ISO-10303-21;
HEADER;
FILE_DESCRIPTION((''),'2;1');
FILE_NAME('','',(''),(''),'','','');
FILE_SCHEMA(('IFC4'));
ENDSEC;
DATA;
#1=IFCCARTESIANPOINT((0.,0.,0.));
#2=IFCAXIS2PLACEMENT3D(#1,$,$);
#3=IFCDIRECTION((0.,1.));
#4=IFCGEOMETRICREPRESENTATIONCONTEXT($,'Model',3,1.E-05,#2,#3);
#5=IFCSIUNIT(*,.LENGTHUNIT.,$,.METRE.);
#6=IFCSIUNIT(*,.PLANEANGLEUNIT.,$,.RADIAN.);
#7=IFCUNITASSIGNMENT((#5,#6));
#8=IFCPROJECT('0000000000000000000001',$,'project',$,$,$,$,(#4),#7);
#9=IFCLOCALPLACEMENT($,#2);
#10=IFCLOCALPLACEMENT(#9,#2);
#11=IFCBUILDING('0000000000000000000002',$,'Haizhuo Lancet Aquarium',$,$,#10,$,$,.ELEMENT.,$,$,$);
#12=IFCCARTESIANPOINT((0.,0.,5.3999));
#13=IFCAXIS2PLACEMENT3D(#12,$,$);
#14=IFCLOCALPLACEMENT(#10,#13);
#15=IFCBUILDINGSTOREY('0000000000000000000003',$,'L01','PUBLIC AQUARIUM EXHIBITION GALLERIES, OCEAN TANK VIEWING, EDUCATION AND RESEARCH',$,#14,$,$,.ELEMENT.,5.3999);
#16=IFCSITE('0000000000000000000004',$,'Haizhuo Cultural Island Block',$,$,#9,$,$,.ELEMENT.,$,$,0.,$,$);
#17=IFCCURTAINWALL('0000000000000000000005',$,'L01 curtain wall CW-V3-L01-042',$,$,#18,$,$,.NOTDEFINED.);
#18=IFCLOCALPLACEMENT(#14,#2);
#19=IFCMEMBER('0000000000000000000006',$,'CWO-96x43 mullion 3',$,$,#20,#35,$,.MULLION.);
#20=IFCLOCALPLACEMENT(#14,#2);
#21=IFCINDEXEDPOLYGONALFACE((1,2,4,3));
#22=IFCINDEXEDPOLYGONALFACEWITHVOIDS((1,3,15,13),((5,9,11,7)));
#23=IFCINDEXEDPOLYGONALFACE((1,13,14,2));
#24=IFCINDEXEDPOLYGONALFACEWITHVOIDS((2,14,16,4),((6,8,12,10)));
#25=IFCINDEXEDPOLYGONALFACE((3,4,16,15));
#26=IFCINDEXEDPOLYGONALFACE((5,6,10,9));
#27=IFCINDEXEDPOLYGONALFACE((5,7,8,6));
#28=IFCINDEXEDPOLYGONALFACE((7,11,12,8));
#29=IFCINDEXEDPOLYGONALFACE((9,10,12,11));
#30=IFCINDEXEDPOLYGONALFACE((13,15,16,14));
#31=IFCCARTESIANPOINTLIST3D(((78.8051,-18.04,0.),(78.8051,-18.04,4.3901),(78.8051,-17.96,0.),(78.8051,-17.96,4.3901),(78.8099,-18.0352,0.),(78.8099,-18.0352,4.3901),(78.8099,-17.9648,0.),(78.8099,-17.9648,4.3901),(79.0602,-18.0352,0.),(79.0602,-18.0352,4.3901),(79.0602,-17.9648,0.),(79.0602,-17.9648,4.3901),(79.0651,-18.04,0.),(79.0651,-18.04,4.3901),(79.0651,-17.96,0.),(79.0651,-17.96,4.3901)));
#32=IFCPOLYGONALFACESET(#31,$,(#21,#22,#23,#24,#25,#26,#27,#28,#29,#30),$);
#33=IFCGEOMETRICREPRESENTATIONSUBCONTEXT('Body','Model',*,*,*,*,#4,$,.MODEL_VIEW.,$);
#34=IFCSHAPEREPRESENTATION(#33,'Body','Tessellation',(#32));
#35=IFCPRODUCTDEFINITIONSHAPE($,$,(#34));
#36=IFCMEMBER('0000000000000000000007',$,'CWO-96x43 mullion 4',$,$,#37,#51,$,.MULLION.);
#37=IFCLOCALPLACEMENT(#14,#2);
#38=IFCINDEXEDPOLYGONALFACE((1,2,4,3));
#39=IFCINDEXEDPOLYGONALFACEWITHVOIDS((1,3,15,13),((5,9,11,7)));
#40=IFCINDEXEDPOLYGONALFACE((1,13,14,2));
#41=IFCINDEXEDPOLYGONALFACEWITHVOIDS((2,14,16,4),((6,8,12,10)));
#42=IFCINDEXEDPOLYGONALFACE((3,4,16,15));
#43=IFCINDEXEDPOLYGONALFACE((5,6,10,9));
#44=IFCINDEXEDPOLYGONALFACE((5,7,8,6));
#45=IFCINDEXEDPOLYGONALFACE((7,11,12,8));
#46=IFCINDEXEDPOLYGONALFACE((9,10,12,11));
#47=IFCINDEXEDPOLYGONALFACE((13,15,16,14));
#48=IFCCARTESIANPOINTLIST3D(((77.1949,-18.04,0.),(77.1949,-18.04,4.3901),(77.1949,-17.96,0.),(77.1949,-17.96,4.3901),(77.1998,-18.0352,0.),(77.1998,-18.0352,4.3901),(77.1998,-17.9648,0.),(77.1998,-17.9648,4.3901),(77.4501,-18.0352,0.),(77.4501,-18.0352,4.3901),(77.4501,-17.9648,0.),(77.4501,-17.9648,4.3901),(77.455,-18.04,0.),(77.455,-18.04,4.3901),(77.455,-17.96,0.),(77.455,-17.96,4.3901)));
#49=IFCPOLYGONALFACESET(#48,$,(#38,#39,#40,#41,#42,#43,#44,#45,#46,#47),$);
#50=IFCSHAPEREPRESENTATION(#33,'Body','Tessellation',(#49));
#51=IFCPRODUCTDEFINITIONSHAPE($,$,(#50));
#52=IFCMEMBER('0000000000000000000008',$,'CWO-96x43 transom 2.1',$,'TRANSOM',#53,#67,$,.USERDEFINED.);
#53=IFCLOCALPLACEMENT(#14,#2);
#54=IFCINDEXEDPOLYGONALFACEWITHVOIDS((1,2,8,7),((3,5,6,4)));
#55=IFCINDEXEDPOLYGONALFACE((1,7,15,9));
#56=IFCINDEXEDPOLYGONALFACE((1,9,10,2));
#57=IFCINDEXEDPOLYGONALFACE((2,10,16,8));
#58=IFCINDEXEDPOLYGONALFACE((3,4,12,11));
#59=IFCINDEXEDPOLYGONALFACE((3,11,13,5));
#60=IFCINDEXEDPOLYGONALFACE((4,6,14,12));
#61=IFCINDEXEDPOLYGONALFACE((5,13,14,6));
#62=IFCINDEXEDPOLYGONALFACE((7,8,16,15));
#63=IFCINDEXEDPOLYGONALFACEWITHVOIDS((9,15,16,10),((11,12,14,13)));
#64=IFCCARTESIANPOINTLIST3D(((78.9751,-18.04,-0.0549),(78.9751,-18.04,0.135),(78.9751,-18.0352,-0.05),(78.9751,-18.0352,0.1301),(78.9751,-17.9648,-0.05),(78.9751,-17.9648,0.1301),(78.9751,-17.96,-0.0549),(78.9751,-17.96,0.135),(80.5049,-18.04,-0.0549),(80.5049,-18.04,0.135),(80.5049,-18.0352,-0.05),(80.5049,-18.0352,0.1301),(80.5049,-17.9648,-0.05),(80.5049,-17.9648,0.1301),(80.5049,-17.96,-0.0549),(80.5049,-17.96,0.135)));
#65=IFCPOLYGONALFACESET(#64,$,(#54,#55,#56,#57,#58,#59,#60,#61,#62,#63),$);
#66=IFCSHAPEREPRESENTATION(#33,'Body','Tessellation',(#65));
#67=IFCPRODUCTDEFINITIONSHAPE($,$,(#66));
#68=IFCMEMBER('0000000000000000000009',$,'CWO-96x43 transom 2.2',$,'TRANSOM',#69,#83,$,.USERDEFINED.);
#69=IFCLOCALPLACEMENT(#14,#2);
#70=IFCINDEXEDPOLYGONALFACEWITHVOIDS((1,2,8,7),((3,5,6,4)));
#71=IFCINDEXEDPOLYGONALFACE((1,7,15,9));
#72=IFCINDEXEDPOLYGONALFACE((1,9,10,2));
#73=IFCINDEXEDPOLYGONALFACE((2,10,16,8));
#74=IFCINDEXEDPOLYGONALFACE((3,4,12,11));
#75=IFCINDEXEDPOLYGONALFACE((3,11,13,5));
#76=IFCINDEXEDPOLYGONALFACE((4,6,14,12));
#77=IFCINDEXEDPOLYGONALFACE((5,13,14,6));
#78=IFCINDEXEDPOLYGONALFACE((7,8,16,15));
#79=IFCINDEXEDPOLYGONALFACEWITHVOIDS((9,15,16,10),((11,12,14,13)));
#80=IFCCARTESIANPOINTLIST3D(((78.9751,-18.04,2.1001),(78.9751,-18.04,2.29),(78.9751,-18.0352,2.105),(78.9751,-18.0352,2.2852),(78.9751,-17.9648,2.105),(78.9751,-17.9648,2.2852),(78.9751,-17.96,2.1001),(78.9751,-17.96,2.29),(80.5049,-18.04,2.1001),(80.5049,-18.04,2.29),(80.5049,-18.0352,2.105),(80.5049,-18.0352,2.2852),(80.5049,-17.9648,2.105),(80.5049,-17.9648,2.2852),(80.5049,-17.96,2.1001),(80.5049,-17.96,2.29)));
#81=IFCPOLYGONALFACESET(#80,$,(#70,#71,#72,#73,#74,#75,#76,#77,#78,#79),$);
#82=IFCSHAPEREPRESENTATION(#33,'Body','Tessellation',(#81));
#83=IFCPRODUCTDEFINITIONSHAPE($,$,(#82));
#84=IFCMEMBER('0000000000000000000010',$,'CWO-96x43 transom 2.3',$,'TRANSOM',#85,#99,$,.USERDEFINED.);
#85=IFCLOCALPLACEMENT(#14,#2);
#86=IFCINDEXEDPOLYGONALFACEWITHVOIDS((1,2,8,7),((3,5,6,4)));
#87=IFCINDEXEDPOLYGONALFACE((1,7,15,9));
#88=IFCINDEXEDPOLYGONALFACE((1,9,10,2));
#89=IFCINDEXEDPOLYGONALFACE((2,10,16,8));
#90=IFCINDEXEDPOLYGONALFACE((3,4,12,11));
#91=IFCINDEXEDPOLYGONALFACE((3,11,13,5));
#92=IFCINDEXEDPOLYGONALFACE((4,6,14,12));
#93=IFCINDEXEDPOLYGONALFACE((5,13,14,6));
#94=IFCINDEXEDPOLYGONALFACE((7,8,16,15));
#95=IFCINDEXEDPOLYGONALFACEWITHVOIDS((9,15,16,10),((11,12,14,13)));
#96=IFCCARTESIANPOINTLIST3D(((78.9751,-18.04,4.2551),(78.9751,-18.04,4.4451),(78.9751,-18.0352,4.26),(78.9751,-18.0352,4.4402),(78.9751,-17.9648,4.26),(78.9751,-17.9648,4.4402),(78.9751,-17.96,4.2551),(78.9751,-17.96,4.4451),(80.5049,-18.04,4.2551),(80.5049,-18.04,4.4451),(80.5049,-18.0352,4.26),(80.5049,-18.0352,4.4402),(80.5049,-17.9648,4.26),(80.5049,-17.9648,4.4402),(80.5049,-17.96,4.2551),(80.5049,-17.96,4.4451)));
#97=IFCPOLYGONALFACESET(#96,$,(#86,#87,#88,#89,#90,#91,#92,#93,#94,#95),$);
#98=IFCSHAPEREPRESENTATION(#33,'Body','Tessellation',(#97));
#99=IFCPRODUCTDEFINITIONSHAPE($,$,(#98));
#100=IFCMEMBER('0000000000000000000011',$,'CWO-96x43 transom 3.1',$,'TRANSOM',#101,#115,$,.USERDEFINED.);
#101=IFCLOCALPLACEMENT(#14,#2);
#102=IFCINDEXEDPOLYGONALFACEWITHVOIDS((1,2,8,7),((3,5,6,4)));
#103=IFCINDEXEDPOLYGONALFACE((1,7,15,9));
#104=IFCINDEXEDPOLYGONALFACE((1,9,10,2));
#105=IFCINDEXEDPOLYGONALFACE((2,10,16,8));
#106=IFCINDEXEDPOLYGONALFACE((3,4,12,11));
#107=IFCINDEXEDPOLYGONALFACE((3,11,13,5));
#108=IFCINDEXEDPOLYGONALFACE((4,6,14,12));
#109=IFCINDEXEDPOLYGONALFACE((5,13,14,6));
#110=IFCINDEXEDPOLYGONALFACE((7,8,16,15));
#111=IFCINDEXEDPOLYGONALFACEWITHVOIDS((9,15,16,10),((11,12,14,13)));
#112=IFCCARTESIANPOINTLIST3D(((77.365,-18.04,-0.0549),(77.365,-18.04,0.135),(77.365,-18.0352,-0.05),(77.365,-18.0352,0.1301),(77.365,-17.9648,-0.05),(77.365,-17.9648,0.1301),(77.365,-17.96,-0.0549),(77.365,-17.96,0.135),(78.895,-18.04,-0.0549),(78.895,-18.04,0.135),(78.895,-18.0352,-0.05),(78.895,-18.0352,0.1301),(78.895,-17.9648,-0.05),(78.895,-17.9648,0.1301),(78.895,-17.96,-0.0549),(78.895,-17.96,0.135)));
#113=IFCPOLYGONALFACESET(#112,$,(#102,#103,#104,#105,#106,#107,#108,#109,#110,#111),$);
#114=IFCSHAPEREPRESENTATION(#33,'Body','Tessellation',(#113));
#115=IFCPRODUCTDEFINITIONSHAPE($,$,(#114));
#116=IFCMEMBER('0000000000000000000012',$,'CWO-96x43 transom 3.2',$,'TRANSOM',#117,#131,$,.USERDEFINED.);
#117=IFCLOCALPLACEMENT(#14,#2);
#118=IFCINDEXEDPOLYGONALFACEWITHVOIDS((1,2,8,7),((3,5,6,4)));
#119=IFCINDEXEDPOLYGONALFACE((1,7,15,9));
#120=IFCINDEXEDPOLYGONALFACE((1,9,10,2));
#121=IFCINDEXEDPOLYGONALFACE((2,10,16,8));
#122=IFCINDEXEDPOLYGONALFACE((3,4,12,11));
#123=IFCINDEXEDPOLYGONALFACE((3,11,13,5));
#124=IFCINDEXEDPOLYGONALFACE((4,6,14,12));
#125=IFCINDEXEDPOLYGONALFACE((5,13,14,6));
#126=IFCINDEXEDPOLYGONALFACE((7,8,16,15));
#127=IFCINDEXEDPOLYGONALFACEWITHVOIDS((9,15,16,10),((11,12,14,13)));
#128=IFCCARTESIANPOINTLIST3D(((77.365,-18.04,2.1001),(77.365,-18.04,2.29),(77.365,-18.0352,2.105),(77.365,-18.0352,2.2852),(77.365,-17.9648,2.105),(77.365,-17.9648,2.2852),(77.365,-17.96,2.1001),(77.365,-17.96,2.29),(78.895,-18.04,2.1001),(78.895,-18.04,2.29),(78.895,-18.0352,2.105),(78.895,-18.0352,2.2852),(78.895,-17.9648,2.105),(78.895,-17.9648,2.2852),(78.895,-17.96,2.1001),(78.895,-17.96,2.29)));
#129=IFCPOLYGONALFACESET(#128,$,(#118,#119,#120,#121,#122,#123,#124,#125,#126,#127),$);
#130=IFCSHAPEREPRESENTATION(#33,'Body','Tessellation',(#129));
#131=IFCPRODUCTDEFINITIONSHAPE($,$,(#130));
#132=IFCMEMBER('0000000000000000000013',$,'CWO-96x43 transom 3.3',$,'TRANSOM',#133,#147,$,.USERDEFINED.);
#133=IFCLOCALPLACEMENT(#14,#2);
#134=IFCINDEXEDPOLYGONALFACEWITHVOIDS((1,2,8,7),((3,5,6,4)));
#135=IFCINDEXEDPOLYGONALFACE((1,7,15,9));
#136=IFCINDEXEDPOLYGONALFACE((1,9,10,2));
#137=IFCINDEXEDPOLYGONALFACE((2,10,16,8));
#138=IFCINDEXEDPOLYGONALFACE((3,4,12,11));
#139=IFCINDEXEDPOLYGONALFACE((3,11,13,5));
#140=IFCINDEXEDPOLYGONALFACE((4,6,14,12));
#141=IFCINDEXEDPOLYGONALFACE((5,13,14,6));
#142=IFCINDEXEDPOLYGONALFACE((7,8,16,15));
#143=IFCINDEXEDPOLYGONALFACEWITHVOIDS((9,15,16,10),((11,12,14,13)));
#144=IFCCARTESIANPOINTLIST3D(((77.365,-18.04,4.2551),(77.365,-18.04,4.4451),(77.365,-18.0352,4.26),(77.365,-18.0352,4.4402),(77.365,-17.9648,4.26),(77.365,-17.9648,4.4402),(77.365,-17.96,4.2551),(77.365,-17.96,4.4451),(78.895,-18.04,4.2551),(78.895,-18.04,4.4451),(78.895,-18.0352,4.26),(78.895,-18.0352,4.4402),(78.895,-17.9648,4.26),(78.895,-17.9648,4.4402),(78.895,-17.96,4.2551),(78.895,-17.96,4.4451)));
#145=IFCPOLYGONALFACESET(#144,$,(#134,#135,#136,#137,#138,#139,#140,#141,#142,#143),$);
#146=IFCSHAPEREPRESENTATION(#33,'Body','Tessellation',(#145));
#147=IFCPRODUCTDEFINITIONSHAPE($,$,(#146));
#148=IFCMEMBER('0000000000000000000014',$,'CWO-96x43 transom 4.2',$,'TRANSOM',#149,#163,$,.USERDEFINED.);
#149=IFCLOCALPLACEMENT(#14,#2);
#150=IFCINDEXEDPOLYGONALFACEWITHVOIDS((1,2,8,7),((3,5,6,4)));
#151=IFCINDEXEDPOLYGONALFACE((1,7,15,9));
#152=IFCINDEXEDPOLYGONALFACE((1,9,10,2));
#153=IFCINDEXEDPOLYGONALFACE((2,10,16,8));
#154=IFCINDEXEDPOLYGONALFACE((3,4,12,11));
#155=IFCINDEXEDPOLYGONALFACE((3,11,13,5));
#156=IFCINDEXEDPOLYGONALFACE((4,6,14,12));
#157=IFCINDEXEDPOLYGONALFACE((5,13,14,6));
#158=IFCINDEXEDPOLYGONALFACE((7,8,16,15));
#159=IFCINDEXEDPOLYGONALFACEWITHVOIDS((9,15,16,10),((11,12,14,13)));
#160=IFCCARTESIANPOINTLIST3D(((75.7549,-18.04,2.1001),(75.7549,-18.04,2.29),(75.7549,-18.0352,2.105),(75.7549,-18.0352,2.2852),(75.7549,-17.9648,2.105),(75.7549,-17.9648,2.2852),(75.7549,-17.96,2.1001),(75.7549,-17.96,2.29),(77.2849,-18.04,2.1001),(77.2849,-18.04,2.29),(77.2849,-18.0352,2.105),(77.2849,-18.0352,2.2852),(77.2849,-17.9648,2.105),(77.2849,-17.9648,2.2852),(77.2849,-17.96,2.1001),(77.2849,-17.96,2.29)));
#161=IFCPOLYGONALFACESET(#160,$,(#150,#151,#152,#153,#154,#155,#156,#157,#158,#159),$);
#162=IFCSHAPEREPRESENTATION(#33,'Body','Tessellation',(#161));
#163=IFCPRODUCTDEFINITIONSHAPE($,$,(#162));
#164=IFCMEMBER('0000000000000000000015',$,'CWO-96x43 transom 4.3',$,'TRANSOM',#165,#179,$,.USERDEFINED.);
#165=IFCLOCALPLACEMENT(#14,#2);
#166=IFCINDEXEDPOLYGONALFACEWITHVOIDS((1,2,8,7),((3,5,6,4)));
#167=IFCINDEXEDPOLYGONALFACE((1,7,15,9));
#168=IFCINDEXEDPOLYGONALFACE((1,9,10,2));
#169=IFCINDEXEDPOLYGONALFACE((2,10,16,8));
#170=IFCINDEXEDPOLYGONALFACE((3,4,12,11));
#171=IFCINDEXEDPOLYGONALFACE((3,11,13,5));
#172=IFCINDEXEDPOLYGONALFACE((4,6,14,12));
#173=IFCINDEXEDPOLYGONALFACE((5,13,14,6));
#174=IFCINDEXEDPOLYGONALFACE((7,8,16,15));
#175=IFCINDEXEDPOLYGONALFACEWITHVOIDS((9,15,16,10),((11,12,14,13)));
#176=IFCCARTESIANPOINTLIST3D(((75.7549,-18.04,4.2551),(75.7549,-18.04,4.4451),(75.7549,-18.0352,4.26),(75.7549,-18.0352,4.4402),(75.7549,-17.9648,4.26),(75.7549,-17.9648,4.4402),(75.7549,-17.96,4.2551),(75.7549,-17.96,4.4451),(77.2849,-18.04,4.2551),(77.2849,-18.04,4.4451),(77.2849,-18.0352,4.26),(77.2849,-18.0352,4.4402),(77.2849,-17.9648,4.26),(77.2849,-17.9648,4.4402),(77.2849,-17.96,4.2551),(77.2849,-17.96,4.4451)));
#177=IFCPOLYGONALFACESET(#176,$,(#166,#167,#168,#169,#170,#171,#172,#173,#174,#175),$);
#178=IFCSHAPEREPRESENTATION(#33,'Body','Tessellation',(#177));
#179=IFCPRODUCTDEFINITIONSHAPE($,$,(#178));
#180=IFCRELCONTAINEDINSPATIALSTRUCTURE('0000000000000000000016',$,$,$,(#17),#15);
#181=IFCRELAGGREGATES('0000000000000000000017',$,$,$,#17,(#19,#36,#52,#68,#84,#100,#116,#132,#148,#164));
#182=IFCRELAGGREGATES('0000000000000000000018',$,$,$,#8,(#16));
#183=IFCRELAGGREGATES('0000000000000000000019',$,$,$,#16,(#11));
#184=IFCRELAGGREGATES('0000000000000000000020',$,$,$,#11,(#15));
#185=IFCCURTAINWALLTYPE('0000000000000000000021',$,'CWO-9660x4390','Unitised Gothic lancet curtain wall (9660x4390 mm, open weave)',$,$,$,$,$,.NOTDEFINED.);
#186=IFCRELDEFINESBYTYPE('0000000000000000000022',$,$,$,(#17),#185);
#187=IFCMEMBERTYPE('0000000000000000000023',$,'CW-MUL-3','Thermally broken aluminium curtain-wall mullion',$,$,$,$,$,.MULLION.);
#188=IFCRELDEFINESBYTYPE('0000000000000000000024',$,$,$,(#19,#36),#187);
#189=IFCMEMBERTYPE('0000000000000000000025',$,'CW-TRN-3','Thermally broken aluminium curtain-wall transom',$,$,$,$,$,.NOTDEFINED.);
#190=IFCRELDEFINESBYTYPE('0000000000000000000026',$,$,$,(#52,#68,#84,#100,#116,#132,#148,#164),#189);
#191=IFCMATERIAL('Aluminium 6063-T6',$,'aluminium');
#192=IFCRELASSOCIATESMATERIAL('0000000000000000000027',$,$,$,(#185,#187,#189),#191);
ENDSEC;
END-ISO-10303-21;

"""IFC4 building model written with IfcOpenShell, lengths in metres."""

from ifc_helpers import new_model, si_unit, direction, frame, origin, origin_2d, place, context, subcontext, project, spatial, hollow_rectangle, extrude, material, material_profile, profile_set, type_object, element, aggregate, save


model = new_model("IFC4")

# Units and contexts
model_context = context("Model", 3, precision=1e-05, world=origin(), true_north=direction((0.0, 1.0)))
body_context = subcontext(model_context, "Body", "Model", "MODEL_VIEW")
ifc_project = project(units=[si_unit("LENGTHUNIT", "METRE"), si_unit("PLANEANGLEUNIT", "RADIAN")], contexts=[model_context])

# Site, building, storey
site_placement = place(None, origin())
site = spatial("IfcSite", under=ifc_project, at=site_placement, Name="Haizhuo Cultural Island Block", CompositionType="ELEMENT", RefElevation=0.0)
building_placement = place(site_placement, origin())
building = spatial("IfcBuilding", under=site, at=building_placement, Name="Haizhuo Lancet Aquarium", CompositionType="ELEMENT")
storey_placement = place(building_placement, frame((0.0, 0.0, 5.3999)))
storey = spatial("IfcBuildingStorey", under=building, at=storey_placement, Name="L01", Description="PUBLIC AQUARIUM EXHIBITION GALLERIES, OCEAN TANK VIEWING, EDUCATION AND RESEARCH", CompositionType="ELEMENT", Elevation=5.3999)

# Curtain wall, members
ifc_material_1 = material(Name="Aluminium 6063-T6", Category="aluminium")
curtain_wall_type = type_object("IfcCurtainWallType", Name="CWO-9660x4390", Description="Unitised Gothic lancet curtain wall (9660x4390 mm, open weave)", PredefinedType="NOTDEFINED", material=ifc_material_1)
curtain_wall_placement = place(storey_placement, origin())
curtain_wall = element("IfcCurtainWall", 1, at=curtain_wall_placement, inside=storey, type_object=curtain_wall_type, Name="L01 curtain wall CW-V3-L01-042", PredefinedType="NOTDEFINED")
ifc_material_profile_1 = material_profile(ifc_material_1, hollow_rectangle(XDim=0.0801, YDim=0.26, WallThickness=0.0049, at=origin_2d()), Name="ALU-M 80x260x5")
ifc_profile_set_1 = profile_set([ifc_material_profile_1], Name="Aluminium 6063-T6")
member_type_1 = type_object("IfcMemberType", Name="CW-MUL-3", Description="Thermally broken aluminium curtain-wall mullion", PredefinedType="MULLION", material=ifc_profile_set_1)
member_1_placement = place(storey_placement, frame((78.9351, -18.0, 0.0), z_axis=(0.0, 0.0, 1.0), x_axis=(0.0, -1.0, 0.0)))
member_1 = element("IfcMember", 2, at=member_1_placement, type_object=member_type_1, Name="CWO-96x43 mullion 3", PredefinedType="MULLION", context=body_context, shape_type="SweptSolid", body=[
    extrude(hollow_rectangle(XDim=0.0801, YDim=0.26, WallThickness=0.0049, at=origin_2d()), origin(), (0.0, 0.0, 1.0), 4.3901),
])
member_2_placement = place(storey_placement, frame((77.325, -18.0, 0.0), z_axis=(0.0, 0.0, 1.0), x_axis=(0.0, -1.0, 0.0)))
member_2 = element("IfcMember", 3, at=member_2_placement, type_object=member_type_1, Name="CWO-96x43 mullion 4", PredefinedType="MULLION", context=body_context, shape_type="SweptSolid", body=[
    extrude(hollow_rectangle(XDim=0.0801, YDim=0.26, WallThickness=0.0049, at=origin_2d()), origin(), (0.0, 0.0, 1.0), 4.3901),
])
ifc_material_profile_2 = material_profile(ifc_material_1, hollow_rectangle(XDim=0.0801, YDim=0.1899, WallThickness=0.0049, at=origin_2d()), Name="ALU-T 80x190x5")
ifc_profile_set_2 = profile_set([ifc_material_profile_2], Name="Aluminium 6063-T6")
member_type_2 = type_object("IfcMemberType", Name="CW-TRN-3", Description="Thermally broken aluminium curtain-wall transom", PredefinedType="NOTDEFINED", material=ifc_profile_set_2)
member_3_placement = place(storey_placement, frame((80.5049, -18.0, 0.04), z_axis=(-1.0, 0.0, 0.0), x_axis=(0.0, -1.0, 0.0)))
member_3 = element("IfcMember", 4, at=member_3_placement, type_object=member_type_2, Name="CWO-96x43 transom 2.1", ObjectType="TRANSOM", PredefinedType="USERDEFINED", context=body_context, shape_type="SweptSolid", body=[
    extrude(hollow_rectangle(XDim=0.0801, YDim=0.1899, WallThickness=0.0049, at=origin_2d()), origin(), (0.0, 0.0, 1.0), 1.5298),
])
member_4_placement = place(storey_placement, frame((80.5049, -18.0, 2.1951), z_axis=(-1.0, 0.0, 0.0), x_axis=(0.0, -1.0, 0.0)))
member_4 = element("IfcMember", 5, at=member_4_placement, type_object=member_type_2, Name="CWO-96x43 transom 2.2", ObjectType="TRANSOM", PredefinedType="USERDEFINED", context=body_context, shape_type="SweptSolid", body=[
    extrude(hollow_rectangle(XDim=0.0801, YDim=0.1899, WallThickness=0.0049, at=origin_2d()), origin(), (0.0, 0.0, 1.0), 1.5298),
])
member_5_placement = place(storey_placement, frame((80.5049, -18.0, 4.3501), z_axis=(-1.0, 0.0, 0.0), x_axis=(0.0, -1.0, 0.0)))
member_5 = element("IfcMember", 6, at=member_5_placement, type_object=member_type_2, Name="CWO-96x43 transom 2.3", ObjectType="TRANSOM", PredefinedType="USERDEFINED", context=body_context, shape_type="SweptSolid", body=[
    extrude(hollow_rectangle(XDim=0.0801, YDim=0.1899, WallThickness=0.0049, at=origin_2d()), origin(), (0.0, 0.0, 1.0), 1.5298),
])
member_6_placement = place(storey_placement, frame((78.895, -18.0, 0.04), z_axis=(-1.0, 0.0, 0.0), x_axis=(0.0, -1.0, 0.0)))
member_6 = element("IfcMember", 7, at=member_6_placement, type_object=member_type_2, Name="CWO-96x43 transom 3.1", ObjectType="TRANSOM", PredefinedType="USERDEFINED", context=body_context, shape_type="SweptSolid", body=[
    extrude(hollow_rectangle(XDim=0.0801, YDim=0.1899, WallThickness=0.0049, at=origin_2d()), origin(), (0.0, 0.0, 1.0), 1.53),
])
member_7_placement = place(storey_placement, frame((78.895, -18.0, 2.1951), z_axis=(-1.0, 0.0, 0.0), x_axis=(0.0, -1.0, 0.0)))
member_7 = element("IfcMember", 8, at=member_7_placement, type_object=member_type_2, Name="CWO-96x43 transom 3.2", ObjectType="TRANSOM", PredefinedType="USERDEFINED", context=body_context, shape_type="SweptSolid", body=[
    extrude(hollow_rectangle(XDim=0.0801, YDim=0.1899, WallThickness=0.0049, at=origin_2d()), origin(), (0.0, 0.0, 1.0), 1.53),
])
member_8_placement = place(storey_placement, frame((78.895, -18.0, 4.3501), z_axis=(-1.0, 0.0, 0.0), x_axis=(0.0, -1.0, 0.0)))
member_8 = element("IfcMember", 9, at=member_8_placement, type_object=member_type_2, Name="CWO-96x43 transom 3.3", ObjectType="TRANSOM", PredefinedType="USERDEFINED", context=body_context, shape_type="SweptSolid", body=[
    extrude(hollow_rectangle(XDim=0.0801, YDim=0.1899, WallThickness=0.0049, at=origin_2d()), origin(), (0.0, 0.0, 1.0), 1.53),
])
member_9_placement = place(storey_placement, frame((77.2849, -18.0, 2.1951), z_axis=(-1.0, 0.0, 0.0), x_axis=(0.0, -1.0, 0.0)))
member_9 = element("IfcMember", 10, at=member_9_placement, type_object=member_type_2, Name="CWO-96x43 transom 4.2", ObjectType="TRANSOM", PredefinedType="USERDEFINED", context=body_context, shape_type="SweptSolid", body=[
    extrude(hollow_rectangle(XDim=0.0801, YDim=0.1899, WallThickness=0.0049, at=origin_2d()), origin(), (0.0, 0.0, 1.0), 1.53),
])
member_10_placement = place(storey_placement, frame((77.2849, -18.0, 4.3501), z_axis=(-1.0, 0.0, 0.0), x_axis=(0.0, -1.0, 0.0)))
member_10 = element("IfcMember", 11, at=member_10_placement, type_object=member_type_2, Name="CWO-96x43 transom 4.3", ObjectType="TRANSOM", PredefinedType="USERDEFINED", context=body_context, shape_type="SweptSolid", body=[
    extrude(hollow_rectangle(XDim=0.0801, YDim=0.1899, WallThickness=0.0049, at=origin_2d()), origin(), (0.0, 0.0, 1.0), 1.53),
])

aggregate(curtain_wall, [member_1, member_2, member_3, member_4, member_5, member_6, member_7, member_8, member_9, member_10])

save(model, "model.ifc")
